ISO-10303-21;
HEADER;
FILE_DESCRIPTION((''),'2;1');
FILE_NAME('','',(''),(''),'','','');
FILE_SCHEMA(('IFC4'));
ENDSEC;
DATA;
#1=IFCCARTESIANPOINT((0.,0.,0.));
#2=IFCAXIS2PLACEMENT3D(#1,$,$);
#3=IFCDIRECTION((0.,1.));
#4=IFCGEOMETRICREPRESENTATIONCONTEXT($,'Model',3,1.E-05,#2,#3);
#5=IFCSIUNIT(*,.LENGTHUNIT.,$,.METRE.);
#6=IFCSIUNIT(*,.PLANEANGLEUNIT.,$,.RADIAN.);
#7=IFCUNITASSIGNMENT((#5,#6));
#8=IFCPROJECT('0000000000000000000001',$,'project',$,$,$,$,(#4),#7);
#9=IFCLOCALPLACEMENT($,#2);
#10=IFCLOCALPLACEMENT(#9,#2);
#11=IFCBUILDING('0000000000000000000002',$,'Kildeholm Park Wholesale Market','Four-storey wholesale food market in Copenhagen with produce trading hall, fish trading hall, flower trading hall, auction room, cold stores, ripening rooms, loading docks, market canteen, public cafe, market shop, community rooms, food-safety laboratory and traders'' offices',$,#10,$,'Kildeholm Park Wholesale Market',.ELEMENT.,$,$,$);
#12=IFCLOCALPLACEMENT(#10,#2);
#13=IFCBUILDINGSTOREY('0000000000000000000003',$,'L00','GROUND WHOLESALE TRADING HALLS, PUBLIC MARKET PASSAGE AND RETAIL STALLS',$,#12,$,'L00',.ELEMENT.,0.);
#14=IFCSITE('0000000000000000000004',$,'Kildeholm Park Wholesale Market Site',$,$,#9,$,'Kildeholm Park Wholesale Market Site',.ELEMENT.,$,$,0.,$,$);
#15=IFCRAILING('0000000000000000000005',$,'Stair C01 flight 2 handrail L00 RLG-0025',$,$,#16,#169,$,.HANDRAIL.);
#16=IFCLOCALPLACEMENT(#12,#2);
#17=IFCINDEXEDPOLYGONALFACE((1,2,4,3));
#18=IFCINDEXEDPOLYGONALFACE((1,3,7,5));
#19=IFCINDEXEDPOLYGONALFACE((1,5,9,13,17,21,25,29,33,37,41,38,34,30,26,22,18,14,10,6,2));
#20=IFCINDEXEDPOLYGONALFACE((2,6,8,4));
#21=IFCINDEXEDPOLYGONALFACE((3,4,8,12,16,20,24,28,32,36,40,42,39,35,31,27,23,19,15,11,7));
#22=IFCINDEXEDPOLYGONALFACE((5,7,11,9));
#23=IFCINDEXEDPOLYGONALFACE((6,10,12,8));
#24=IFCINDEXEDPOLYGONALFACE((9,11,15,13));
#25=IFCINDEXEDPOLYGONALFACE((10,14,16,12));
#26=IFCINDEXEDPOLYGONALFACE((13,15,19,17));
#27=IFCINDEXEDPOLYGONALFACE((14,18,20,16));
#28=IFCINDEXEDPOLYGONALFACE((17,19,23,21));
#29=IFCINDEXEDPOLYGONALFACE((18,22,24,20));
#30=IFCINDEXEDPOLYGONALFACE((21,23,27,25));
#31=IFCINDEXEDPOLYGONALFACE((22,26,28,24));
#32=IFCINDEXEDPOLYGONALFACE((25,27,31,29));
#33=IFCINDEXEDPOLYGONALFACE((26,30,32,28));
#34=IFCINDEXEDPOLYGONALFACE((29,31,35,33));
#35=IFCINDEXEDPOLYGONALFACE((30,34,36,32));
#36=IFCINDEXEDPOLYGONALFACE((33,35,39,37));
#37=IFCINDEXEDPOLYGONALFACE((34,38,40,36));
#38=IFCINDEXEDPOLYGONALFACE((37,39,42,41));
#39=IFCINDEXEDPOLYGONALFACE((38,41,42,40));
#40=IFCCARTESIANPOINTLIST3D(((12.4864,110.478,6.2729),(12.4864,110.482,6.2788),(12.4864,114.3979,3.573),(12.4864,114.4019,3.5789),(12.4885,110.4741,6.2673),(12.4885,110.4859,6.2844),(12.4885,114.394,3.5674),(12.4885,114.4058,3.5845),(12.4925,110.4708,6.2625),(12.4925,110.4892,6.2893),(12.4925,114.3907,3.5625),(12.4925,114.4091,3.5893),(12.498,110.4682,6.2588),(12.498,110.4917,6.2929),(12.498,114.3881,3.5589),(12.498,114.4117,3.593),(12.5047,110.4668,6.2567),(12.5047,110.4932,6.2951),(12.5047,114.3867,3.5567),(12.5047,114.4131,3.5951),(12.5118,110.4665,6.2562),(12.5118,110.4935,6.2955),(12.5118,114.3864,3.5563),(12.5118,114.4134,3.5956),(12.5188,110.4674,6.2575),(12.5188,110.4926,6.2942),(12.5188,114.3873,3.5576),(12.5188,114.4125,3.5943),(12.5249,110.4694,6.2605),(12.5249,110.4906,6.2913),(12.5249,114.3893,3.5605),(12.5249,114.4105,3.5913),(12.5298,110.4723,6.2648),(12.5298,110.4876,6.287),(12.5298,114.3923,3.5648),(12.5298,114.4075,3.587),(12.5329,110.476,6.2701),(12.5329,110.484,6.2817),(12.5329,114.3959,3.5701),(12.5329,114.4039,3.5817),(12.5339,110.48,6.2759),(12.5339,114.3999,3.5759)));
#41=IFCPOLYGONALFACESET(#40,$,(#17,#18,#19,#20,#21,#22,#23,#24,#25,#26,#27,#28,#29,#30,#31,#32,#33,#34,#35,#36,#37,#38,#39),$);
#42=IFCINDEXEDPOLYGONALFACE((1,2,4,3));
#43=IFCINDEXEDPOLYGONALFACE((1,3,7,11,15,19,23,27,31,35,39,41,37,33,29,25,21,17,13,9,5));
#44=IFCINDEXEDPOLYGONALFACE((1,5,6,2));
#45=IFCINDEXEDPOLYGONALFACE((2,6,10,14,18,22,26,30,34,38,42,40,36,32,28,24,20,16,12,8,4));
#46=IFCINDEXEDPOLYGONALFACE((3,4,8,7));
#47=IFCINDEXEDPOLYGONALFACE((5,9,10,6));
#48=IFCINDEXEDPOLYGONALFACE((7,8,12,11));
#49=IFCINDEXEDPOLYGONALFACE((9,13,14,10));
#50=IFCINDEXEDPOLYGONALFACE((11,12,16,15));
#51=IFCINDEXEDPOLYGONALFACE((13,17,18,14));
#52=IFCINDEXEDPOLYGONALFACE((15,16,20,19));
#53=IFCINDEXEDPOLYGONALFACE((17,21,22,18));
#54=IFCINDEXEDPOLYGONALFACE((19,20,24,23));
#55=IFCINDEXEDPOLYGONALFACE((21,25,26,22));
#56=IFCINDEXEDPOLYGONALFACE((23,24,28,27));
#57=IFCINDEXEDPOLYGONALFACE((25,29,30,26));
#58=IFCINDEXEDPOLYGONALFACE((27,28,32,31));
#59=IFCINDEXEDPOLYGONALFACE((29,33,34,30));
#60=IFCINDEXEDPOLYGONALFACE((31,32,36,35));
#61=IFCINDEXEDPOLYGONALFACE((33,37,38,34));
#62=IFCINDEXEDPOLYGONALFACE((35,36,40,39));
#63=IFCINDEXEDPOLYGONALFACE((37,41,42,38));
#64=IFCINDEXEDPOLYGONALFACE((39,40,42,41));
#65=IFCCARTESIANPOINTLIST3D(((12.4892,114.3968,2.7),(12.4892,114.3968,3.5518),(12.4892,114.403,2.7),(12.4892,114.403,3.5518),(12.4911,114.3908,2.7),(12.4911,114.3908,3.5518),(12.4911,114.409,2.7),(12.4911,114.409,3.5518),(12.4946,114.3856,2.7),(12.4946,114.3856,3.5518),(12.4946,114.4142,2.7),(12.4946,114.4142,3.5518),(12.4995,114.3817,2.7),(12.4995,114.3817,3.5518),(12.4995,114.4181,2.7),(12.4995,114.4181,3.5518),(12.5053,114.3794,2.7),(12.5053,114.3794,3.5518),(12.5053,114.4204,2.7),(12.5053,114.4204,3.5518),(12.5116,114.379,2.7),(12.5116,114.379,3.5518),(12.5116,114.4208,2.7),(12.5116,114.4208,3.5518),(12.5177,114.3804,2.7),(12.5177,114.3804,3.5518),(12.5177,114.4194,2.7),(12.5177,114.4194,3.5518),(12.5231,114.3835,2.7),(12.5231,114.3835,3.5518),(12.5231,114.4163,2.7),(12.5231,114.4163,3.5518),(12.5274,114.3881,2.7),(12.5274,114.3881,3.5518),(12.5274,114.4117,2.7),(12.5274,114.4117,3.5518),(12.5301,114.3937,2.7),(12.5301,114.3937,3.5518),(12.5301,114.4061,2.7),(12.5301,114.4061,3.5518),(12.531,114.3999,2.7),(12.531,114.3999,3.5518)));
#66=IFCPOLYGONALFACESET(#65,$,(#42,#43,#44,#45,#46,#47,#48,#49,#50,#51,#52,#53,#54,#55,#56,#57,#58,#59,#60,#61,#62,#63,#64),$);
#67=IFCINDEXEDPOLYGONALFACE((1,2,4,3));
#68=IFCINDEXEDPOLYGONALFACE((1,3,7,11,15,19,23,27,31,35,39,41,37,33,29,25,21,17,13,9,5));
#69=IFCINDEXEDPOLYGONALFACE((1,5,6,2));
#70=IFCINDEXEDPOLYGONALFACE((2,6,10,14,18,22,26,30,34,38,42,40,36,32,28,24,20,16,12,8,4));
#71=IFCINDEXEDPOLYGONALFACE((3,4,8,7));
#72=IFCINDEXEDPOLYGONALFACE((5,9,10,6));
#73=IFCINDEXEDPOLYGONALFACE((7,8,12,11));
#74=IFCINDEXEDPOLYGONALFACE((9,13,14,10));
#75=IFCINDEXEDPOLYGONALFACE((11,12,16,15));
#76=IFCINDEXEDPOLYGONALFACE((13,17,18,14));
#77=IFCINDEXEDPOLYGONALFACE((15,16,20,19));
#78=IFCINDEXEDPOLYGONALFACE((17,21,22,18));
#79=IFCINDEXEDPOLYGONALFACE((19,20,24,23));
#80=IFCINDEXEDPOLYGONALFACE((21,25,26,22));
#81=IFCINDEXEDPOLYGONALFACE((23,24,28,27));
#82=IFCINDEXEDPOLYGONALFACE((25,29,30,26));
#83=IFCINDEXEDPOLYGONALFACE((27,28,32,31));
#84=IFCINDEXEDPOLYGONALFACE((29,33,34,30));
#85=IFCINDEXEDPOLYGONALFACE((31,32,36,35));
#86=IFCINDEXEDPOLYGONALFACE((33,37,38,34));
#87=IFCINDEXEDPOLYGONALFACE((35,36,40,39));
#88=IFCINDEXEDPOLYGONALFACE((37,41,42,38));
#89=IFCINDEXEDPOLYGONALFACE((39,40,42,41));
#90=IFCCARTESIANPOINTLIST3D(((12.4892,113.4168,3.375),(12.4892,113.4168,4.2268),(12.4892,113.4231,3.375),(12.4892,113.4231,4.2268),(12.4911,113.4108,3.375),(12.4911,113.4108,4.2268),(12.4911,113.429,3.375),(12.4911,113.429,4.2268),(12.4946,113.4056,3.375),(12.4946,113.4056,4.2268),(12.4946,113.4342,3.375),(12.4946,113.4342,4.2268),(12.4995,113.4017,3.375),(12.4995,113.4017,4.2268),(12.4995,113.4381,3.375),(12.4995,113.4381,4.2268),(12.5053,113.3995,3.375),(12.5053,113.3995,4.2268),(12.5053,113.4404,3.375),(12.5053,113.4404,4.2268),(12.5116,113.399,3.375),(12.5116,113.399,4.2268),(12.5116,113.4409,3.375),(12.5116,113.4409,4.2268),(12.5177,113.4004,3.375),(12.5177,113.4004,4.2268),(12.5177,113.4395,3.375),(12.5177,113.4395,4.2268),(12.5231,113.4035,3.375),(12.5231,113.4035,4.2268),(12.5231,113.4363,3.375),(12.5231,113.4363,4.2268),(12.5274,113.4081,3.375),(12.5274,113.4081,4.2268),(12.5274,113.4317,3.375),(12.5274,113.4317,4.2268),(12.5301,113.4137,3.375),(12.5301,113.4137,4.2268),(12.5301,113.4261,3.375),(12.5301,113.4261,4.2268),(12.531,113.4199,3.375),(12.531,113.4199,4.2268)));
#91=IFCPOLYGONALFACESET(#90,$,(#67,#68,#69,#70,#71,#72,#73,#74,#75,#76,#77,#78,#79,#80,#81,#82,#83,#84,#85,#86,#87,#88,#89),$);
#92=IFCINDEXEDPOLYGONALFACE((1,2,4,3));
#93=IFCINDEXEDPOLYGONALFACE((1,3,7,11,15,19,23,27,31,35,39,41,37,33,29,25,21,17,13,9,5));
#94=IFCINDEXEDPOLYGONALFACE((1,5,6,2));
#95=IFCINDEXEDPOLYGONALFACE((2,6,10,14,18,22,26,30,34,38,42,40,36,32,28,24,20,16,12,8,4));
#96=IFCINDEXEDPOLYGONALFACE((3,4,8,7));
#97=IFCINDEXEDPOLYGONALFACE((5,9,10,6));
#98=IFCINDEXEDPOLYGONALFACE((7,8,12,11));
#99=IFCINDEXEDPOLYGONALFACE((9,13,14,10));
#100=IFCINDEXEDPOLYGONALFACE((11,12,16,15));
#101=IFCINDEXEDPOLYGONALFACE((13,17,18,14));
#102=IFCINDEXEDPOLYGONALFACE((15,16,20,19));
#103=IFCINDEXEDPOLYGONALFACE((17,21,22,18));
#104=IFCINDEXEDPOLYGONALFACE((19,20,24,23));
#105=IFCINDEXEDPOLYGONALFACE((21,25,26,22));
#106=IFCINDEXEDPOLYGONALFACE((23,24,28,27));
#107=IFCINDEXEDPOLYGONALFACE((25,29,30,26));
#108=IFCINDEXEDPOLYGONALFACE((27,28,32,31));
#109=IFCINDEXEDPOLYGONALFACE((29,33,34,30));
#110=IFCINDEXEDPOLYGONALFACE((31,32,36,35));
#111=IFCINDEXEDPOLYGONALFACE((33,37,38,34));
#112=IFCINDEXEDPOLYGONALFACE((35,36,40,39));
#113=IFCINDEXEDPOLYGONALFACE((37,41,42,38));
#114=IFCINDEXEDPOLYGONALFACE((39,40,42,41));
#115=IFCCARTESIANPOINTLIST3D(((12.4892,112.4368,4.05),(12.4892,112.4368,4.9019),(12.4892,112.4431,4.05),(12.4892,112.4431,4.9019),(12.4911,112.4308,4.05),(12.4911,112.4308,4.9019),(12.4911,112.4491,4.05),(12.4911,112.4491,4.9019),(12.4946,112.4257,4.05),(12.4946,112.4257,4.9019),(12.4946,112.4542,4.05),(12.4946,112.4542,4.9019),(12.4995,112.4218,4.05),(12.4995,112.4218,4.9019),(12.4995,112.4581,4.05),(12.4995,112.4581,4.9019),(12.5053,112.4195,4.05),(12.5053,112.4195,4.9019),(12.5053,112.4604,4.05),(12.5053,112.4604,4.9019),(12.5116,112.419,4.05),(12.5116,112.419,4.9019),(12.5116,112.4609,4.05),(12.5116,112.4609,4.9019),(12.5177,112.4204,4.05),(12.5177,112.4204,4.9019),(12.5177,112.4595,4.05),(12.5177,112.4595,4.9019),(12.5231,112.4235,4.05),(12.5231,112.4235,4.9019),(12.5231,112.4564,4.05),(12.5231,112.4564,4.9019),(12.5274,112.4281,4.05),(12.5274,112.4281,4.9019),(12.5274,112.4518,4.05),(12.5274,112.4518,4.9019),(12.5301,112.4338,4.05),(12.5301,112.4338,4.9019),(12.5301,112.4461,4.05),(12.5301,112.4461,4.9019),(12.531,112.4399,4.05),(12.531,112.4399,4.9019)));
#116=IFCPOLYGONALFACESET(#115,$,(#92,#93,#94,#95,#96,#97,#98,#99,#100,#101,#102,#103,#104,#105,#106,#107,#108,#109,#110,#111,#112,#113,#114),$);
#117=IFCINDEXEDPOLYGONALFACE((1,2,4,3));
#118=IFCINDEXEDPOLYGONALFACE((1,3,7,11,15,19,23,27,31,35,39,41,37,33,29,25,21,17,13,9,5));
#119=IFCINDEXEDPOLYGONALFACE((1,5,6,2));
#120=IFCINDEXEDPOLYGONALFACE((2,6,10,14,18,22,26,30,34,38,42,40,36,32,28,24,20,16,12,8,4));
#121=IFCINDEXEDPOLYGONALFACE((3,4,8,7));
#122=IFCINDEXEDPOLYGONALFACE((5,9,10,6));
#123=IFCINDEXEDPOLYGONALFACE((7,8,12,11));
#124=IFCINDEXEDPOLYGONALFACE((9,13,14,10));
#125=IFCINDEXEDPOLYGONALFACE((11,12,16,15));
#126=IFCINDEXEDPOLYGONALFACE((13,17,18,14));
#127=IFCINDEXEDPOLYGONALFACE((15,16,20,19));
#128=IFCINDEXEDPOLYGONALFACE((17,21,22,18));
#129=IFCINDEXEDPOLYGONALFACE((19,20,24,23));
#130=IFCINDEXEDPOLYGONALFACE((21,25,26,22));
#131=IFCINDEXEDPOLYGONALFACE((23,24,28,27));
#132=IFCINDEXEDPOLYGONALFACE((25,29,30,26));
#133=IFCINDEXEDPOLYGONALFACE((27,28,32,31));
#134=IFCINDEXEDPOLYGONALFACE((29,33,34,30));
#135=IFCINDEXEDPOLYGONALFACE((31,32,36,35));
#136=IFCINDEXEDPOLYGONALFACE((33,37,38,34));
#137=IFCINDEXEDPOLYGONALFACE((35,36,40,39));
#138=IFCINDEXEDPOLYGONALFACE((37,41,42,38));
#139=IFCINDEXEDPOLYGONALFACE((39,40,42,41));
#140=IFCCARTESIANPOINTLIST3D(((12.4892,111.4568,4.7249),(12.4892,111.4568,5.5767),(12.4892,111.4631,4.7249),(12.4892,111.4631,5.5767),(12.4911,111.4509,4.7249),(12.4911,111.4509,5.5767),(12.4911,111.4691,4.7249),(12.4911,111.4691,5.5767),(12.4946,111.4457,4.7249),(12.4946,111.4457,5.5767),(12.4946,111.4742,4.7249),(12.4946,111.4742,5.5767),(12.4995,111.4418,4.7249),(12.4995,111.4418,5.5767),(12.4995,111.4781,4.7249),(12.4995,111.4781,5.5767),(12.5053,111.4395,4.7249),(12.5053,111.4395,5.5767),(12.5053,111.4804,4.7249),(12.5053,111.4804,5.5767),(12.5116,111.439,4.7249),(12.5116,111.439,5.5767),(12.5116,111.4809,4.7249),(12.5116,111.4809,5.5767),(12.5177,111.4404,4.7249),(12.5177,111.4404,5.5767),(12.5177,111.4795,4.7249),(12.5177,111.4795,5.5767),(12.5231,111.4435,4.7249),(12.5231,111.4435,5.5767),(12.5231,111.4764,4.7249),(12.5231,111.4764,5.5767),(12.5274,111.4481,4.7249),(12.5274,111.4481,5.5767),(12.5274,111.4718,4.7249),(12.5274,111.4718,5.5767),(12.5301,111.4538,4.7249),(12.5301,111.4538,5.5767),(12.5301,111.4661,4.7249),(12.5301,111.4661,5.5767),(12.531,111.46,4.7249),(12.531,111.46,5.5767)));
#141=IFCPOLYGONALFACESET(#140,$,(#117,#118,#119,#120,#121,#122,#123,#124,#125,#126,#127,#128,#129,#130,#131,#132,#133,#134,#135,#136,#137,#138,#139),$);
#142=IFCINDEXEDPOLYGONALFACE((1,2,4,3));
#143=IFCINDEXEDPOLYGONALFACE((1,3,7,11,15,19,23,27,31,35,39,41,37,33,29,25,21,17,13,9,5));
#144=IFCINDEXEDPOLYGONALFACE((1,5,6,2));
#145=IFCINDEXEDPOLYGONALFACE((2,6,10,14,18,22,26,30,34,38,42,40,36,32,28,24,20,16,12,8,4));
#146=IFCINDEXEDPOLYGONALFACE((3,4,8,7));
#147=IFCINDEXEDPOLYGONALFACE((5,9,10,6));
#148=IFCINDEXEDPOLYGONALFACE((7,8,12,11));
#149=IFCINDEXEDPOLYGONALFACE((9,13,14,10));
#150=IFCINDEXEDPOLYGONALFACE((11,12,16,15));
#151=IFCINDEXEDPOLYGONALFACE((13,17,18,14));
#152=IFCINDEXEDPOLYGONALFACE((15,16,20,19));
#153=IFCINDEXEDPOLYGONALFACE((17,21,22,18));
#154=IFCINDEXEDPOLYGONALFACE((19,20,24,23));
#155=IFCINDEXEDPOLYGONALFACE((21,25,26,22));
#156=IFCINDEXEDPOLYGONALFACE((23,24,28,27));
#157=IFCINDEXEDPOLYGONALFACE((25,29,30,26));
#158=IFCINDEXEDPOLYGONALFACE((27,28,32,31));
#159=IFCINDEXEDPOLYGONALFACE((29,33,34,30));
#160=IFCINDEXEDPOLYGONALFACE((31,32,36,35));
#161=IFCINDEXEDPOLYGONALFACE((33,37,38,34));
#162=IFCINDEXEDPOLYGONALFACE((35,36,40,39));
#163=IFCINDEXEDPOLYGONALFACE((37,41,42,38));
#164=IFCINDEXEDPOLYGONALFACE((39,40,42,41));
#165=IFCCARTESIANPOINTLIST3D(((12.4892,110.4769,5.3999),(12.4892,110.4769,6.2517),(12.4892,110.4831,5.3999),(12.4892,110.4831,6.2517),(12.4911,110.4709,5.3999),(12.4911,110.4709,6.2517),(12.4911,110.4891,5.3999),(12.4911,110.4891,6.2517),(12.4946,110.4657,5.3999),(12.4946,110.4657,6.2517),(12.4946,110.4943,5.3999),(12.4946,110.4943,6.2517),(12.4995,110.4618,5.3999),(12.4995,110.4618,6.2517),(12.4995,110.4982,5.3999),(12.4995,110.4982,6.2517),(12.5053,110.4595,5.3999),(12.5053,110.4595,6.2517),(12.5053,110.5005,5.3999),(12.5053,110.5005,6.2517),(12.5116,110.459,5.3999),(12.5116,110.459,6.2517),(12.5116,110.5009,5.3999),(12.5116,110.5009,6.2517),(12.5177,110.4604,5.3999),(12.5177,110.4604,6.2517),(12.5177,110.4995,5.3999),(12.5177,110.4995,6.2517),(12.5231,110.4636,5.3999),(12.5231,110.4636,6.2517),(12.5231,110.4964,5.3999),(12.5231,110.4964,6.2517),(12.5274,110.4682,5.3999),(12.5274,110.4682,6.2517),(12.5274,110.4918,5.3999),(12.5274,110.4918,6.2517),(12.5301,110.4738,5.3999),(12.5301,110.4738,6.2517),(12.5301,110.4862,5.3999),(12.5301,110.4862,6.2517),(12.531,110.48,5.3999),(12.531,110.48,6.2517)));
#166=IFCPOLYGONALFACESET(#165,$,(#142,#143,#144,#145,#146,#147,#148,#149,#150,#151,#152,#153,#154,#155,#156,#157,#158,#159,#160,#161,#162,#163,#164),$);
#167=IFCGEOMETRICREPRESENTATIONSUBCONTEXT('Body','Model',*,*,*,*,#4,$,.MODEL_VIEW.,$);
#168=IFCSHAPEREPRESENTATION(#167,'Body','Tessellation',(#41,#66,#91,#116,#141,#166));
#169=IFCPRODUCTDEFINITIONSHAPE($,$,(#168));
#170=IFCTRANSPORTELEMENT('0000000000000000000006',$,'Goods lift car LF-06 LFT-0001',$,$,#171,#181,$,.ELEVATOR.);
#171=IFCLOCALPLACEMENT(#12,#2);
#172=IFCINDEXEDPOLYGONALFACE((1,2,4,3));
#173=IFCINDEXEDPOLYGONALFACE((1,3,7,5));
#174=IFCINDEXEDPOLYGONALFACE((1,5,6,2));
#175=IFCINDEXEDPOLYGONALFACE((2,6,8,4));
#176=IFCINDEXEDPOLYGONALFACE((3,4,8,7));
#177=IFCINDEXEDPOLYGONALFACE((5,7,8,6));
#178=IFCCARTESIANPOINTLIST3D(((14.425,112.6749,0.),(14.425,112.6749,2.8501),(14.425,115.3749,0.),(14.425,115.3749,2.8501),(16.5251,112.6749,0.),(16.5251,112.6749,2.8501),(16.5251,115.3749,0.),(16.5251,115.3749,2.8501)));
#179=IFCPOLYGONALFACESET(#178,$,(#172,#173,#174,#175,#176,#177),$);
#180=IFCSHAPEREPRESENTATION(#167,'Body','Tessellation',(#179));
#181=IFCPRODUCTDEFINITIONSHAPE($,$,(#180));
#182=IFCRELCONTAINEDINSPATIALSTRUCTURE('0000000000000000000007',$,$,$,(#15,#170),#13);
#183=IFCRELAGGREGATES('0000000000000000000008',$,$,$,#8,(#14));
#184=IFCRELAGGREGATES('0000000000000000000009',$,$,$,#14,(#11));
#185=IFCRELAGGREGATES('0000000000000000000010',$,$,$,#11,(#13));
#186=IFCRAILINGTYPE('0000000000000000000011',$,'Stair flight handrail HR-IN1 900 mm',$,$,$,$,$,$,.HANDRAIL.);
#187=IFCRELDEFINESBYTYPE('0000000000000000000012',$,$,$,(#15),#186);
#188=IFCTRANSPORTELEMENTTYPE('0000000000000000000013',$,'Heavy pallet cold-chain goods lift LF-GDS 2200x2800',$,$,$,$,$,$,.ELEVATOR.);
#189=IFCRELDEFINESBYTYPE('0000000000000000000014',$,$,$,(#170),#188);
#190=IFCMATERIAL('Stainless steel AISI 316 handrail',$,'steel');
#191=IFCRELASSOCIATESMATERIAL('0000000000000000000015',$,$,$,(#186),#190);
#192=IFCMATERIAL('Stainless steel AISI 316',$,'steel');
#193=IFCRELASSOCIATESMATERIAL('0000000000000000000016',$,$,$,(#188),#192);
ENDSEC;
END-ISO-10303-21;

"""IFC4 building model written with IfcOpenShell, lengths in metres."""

from ifc_helpers import new_model, si_unit, direction, frame, origin, origin_2d, place, context, subcontext, project, spatial, rectangle, circle, extrude, material, type_object, element, save


model = new_model("IFC4")

# Units and contexts
model_context = context("Model", 3, precision=1e-05, world=origin(), true_north=direction((0.0, 1.0)))
body_context = subcontext(model_context, "Body", "Model", "MODEL_VIEW")
ifc_project = project(units=[si_unit("LENGTHUNIT", "METRE"), si_unit("PLANEANGLEUNIT", "RADIAN")], contexts=[model_context])

# Site, building, storey
site_placement = place(None, origin())
site = spatial("IfcSite", under=ifc_project, at=site_placement, Name="Kildeholm Park Wholesale Market Site", LongName="Kildeholm Park Wholesale Market Site", CompositionType="ELEMENT", RefElevation=0.0)
building_placement = place(site_placement, origin())
building = spatial("IfcBuilding", under=site, at=building_placement, Name="Kildeholm Park Wholesale Market", Description="Four-storey wholesale food market in Copenhagen with produce trading hall, fish trading hall, flower trading hall, auction room, cold stores, ripening rooms, loading docks, market canteen, public cafe, market shop, community rooms, food-safety laboratory and traders' offices", LongName="Kildeholm Park Wholesale Market", CompositionType="ELEMENT")
storey_placement = place(building_placement, origin())
storey = spatial("IfcBuildingStorey", under=building, at=storey_placement, Name="L00", Description="GROUND WHOLESALE TRADING HALLS, PUBLIC MARKET PASSAGE AND RETAIL STALLS", LongName="L00", CompositionType="ELEMENT", Elevation=0.0)

# Railing
ifc_material_1 = material(Name="Stainless steel AISI 316 handrail", Category="steel")
railing_type_1 = type_object("IfcRailingType", Name="Stair flight handrail HR-IN1 900 mm", PredefinedType="HANDRAIL", material=ifc_material_1)
railing_1_placement = place(storey_placement, frame((12.51, 114.3999, 2.7)))
element("IfcRailing", 1, at=railing_1_placement, inside=storey, type_object=railing_type_1, Name="Stair C01 flight 2 handrail L00 RLG-0025", PredefinedType="HANDRAIL", context=body_context, shape_type="SweptSolid", body=[
    extrude(circle(Radius=0.0239, at=origin_2d()), frame((0.0, 0.0, 0.876), z_axis=(0.0, -0.823551, 0.567243), x_axis=(1.0, 0.0, 0.0)), (0.0, 0.0, 1.0), 4.7598),
    extrude(circle(Radius=0.021, at=origin_2d()), origin(), (0.0, 0.0, 1.0), 0.8518),
    extrude(circle(Radius=0.021, at=origin_2d()), frame((0.0, -0.98, 0.675)), (0.0, 0.0, 1.0), 0.8518),
    extrude(circle(Radius=0.021, at=origin_2d()), frame((0.0, -1.96, 1.3501)), (0.0, 0.0, 1.0), 0.8518),
    extrude(circle(Radius=0.021, at=origin_2d()), frame((0.0, -2.9399, 2.0249)), (0.0, 0.0, 1.0), 0.8518),
    extrude(circle(Radius=0.021, at=origin_2d()), frame((0.0, -3.9199, 2.7)), (0.0, 0.0, 1.0), 0.8518),
])

# Transport element
ifc_material_2 = material(Name="Stainless steel AISI 316", Category="steel")
transport_element_type = type_object("IfcTransportElementType", Name="Heavy pallet cold-chain goods lift LF-GDS 2200x2800", PredefinedType="ELEVATOR", material=ifc_material_2)
transport_element_placement = place(storey_placement, frame((15.4751, 114.0249, 0.0), z_axis=(0.0, 0.0, 1.0), x_axis=(1.0, 0.0, 0.0)))
element("IfcTransportElement", 2, at=transport_element_placement, inside=storey, type_object=transport_element_type, Name="Goods lift car LF-06 LFT-0001", PredefinedType="ELEVATOR", context=body_context, shape_type="SweptSolid", body=[
    extrude(rectangle(XDim=2.1001, YDim=2.7, at=origin_2d()), origin(), (0.0, 0.0, 1.0), 2.8501),
])

save(model, "model.ifc")
